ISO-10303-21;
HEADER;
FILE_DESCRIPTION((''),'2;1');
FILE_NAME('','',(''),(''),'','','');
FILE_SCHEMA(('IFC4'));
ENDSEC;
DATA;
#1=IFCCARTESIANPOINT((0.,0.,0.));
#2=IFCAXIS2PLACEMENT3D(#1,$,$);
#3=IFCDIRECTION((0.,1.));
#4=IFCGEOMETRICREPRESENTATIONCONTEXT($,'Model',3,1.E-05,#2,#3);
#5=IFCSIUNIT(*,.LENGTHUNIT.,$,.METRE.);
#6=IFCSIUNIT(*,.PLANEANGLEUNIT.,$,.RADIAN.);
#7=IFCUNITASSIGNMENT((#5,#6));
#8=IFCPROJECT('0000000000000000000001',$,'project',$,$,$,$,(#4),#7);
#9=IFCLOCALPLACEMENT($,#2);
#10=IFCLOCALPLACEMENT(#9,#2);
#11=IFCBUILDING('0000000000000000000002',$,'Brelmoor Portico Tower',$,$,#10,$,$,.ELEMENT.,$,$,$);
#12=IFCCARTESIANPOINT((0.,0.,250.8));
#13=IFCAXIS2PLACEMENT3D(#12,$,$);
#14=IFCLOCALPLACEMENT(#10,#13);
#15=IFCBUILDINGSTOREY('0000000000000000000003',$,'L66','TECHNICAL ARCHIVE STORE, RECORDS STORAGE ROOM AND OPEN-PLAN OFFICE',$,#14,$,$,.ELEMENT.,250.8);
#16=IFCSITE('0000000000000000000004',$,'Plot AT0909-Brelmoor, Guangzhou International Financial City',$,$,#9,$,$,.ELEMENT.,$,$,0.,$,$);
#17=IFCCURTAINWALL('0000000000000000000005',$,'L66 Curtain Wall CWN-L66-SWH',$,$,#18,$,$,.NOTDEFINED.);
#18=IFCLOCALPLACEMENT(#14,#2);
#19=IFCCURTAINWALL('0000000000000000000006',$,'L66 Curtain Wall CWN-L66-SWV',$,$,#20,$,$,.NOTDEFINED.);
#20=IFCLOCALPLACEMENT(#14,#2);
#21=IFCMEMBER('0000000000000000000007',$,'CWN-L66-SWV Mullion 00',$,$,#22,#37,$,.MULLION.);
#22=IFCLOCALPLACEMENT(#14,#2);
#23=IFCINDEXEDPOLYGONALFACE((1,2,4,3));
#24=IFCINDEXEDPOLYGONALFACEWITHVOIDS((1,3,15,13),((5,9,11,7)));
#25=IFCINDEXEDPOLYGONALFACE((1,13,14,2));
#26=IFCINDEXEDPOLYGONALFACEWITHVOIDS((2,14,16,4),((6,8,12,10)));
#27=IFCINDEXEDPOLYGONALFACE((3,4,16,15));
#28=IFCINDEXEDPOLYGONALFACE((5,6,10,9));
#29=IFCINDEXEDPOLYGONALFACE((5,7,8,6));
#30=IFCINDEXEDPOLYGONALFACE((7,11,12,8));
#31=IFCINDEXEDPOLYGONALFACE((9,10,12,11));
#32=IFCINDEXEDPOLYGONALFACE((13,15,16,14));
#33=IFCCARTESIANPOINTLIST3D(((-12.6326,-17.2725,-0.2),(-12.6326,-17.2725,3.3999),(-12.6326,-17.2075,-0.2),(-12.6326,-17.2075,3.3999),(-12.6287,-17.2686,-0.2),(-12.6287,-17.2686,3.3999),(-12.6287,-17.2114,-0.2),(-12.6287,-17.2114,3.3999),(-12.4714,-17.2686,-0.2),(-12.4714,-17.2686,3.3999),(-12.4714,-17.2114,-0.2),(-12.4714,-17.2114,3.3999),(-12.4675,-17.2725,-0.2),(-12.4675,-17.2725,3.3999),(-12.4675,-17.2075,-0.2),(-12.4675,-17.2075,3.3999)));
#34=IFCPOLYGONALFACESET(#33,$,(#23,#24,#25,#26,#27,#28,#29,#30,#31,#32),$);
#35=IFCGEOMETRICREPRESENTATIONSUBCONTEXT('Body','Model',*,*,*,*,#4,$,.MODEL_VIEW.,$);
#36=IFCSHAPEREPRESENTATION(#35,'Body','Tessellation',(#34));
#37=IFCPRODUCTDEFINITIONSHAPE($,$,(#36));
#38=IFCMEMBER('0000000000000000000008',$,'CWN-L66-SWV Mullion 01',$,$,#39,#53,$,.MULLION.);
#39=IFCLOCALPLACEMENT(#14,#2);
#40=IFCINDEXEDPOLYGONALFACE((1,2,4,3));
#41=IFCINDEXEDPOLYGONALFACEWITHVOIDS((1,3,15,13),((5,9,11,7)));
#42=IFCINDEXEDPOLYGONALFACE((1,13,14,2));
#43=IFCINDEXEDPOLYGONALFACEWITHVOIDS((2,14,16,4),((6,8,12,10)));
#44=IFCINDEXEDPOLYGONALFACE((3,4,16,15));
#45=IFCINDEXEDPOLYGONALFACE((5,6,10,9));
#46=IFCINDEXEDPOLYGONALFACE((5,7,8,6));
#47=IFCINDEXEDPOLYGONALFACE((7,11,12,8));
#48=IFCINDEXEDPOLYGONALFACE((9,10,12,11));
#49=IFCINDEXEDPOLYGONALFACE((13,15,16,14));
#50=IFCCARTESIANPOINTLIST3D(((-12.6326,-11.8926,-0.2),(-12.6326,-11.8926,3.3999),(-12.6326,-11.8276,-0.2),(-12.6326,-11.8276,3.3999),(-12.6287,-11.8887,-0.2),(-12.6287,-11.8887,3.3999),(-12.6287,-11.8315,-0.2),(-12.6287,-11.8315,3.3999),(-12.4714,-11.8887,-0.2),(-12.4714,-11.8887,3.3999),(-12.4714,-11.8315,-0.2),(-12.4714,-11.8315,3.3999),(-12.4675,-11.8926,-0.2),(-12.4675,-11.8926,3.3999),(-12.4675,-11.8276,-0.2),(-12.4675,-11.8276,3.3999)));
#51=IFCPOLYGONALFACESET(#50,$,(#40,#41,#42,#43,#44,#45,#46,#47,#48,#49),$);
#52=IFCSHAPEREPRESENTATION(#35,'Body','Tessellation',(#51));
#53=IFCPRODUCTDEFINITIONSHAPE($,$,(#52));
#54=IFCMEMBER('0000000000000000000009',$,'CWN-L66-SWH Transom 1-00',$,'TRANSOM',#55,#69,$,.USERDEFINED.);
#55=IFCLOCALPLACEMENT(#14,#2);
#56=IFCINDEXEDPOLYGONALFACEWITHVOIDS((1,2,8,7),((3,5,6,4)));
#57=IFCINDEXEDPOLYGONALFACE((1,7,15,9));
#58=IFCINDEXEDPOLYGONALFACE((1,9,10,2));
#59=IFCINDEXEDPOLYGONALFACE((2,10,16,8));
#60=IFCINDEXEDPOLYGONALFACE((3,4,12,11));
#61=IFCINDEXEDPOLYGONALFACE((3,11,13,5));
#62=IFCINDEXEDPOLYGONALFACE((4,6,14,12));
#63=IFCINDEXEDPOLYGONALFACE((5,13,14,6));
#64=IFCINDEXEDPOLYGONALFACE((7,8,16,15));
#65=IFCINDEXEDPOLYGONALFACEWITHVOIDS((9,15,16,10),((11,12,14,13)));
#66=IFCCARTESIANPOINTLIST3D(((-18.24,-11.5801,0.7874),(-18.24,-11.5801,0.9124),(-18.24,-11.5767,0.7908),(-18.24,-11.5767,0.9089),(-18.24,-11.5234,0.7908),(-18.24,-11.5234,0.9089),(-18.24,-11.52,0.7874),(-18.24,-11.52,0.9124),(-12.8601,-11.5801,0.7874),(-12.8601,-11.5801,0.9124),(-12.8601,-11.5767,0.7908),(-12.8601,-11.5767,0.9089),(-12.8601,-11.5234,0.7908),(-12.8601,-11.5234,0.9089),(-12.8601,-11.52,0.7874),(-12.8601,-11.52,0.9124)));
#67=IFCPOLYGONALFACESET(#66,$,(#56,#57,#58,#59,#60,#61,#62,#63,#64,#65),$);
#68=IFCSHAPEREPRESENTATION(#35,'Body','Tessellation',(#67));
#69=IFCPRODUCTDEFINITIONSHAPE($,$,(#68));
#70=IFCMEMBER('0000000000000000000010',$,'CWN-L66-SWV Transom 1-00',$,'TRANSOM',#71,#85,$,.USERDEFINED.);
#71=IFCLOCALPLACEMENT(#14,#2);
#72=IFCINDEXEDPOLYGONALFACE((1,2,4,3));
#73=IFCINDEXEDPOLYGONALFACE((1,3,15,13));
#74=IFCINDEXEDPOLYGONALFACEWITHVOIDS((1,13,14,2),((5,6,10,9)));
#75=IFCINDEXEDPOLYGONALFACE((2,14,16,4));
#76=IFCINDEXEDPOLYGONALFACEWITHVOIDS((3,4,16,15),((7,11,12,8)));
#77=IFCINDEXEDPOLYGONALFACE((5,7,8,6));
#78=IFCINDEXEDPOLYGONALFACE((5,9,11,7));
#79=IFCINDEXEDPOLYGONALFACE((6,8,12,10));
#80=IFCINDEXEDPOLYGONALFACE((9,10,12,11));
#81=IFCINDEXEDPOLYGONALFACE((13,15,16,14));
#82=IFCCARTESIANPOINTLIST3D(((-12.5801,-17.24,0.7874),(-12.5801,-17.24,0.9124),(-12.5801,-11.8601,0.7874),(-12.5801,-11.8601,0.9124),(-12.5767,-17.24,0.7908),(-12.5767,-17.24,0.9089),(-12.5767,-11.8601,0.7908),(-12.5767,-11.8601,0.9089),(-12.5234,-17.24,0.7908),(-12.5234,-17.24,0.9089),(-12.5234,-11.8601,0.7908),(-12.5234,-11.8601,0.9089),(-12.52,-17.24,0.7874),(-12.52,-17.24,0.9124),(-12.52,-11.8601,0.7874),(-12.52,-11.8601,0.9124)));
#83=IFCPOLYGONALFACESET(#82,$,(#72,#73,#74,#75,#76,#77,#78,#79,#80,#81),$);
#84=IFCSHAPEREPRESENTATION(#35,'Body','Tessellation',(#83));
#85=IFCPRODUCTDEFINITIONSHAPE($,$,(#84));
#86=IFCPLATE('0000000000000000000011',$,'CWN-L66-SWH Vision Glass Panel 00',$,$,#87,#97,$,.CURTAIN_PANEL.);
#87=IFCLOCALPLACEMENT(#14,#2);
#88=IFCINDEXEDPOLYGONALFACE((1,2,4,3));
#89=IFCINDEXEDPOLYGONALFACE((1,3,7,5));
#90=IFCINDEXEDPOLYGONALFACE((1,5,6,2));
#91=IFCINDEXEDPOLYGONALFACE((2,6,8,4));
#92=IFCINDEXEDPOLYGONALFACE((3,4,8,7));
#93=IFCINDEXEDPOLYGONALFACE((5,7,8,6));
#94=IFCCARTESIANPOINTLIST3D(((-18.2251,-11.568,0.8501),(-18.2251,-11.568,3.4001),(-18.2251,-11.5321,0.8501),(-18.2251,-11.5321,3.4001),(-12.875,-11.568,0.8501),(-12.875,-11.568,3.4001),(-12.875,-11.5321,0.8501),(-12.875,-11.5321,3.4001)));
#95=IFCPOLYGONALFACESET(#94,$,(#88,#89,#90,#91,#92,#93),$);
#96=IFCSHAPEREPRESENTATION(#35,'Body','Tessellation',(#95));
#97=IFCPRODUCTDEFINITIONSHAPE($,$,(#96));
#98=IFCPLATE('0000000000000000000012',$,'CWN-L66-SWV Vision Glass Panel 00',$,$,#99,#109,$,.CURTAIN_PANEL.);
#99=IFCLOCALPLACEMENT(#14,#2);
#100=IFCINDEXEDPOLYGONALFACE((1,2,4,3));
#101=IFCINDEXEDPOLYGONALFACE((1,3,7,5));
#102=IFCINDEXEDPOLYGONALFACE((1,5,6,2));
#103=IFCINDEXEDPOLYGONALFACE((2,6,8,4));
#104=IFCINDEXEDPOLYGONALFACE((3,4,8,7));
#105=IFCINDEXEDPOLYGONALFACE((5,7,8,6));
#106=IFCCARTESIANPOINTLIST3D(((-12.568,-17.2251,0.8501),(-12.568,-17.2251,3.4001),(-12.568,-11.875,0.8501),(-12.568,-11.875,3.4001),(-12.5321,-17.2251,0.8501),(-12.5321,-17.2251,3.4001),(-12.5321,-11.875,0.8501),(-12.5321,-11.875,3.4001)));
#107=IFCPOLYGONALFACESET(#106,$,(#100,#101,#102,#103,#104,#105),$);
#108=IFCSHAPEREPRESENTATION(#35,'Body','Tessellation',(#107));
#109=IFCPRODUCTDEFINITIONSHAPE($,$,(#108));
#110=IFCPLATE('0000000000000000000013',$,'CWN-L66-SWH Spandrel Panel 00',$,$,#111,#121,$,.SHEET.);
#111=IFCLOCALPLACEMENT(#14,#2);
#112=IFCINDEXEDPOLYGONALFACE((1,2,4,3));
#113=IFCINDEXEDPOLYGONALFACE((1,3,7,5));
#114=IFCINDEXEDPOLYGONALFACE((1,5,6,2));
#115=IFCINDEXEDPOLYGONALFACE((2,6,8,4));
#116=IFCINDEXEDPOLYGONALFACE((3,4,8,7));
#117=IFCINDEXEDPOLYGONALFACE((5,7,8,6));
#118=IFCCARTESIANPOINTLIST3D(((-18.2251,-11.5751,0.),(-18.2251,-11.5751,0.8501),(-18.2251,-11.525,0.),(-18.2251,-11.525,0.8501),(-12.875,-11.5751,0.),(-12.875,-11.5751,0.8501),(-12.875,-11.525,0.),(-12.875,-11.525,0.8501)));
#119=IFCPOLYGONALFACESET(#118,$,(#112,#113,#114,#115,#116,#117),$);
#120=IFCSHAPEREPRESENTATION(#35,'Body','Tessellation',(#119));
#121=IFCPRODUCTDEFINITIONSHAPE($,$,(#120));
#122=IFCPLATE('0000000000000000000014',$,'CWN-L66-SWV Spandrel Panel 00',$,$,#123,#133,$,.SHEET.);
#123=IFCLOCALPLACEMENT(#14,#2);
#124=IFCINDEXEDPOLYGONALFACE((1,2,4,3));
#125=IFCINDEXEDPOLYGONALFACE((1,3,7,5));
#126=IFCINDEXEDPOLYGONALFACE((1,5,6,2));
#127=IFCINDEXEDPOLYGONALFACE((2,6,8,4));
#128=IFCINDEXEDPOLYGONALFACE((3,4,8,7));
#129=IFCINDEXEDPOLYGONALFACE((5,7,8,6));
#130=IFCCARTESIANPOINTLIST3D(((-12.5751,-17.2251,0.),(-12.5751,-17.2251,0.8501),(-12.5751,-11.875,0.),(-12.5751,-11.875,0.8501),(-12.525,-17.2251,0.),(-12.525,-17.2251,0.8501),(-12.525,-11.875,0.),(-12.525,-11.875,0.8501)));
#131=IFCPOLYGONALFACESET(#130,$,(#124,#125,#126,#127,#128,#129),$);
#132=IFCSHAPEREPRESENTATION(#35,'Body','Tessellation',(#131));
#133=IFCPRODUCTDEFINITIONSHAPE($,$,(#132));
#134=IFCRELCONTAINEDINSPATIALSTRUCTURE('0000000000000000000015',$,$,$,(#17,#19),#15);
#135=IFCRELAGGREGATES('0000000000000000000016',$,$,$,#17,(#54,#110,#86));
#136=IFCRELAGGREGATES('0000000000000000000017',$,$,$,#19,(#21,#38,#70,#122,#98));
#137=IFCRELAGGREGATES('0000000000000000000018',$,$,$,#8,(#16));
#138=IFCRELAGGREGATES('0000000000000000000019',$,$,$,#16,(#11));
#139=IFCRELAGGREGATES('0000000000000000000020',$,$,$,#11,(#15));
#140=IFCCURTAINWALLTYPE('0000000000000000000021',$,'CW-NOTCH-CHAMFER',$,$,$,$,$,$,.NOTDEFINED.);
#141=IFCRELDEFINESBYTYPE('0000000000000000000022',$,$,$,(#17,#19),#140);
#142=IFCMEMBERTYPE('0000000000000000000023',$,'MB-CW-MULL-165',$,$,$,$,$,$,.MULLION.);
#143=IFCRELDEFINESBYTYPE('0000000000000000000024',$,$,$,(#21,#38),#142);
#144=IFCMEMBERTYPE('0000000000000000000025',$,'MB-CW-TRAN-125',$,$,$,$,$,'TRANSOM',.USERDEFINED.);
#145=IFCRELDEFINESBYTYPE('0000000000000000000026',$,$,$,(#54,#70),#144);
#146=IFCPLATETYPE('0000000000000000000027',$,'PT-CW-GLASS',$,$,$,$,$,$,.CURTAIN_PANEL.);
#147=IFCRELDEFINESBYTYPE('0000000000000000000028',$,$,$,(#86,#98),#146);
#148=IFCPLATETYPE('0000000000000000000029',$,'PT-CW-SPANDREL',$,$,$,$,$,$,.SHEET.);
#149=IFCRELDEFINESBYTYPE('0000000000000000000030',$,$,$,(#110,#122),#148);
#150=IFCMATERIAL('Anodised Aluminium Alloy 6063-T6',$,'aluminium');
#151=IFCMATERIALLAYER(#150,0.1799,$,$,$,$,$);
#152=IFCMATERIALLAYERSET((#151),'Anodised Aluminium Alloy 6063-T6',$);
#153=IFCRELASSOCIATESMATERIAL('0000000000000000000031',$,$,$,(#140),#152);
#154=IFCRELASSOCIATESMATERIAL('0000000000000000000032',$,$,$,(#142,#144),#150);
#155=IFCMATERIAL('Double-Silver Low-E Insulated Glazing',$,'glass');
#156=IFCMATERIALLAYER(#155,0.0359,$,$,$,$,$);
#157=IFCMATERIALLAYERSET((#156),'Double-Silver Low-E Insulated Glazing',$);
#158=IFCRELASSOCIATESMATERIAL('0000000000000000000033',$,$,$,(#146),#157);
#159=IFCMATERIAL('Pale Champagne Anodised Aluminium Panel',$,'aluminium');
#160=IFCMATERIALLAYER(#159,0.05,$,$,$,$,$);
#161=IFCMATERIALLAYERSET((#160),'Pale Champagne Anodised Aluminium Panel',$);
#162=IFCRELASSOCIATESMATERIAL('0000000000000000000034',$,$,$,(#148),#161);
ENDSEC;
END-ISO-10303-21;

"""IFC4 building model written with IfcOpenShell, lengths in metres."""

from ifc_helpers import new_model, si_unit, direction, frame, origin, origin_2d, place, context, subcontext, project, spatial, rectangle, hollow_rectangle, extrude, material, layer, layer_set, material_profile, profile_set, type_object, element, aggregate, save


model = new_model("IFC4")

# Units and contexts
model_context = context("Model", 3, precision=1e-05, world=origin(), true_north=direction((0.0, 1.0)))
body_context = subcontext(model_context, "Body", "Model", "MODEL_VIEW")
ifc_project = project(units=[si_unit("LENGTHUNIT", "METRE"), si_unit("PLANEANGLEUNIT", "RADIAN")], contexts=[model_context])

# Site, building, storey
site_placement = place(None, origin())
site = spatial("IfcSite", under=ifc_project, at=site_placement, Name="Plot AT0909-Brelmoor, Guangzhou International Financial City", CompositionType="ELEMENT", RefElevation=0.0)
building_placement = place(site_placement, origin())
building = spatial("IfcBuilding", under=site, at=building_placement, Name="Brelmoor Portico Tower", CompositionType="ELEMENT")
storey_placement = place(building_placement, frame((0.0, 0.0, 250.8)))
storey = spatial("IfcBuildingStorey", under=building, at=storey_placement, Name="L66", Description="TECHNICAL ARCHIVE STORE, RECORDS STORAGE ROOM AND OPEN-PLAN OFFICE", CompositionType="ELEMENT", Elevation=250.8)

# Curtain walls, members
ifc_material_1 = material(Name="Anodised Aluminium Alloy 6063-T6", Category="aluminium")
ifc_layer_1 = layer(ifc_material_1, 0.1799)
ifc_layer_set_1 = layer_set([ifc_layer_1], Name="Anodised Aluminium Alloy 6063-T6")
curtain_wall_type = type_object("IfcCurtainWallType", Name="CW-NOTCH-CHAMFER", PredefinedType="NOTDEFINED", material=ifc_layer_set_1)
curtain_wall_1_placement = place(storey_placement, origin())
curtain_wall_1 = element("IfcCurtainWall", 1, at=curtain_wall_1_placement, inside=storey, type_object=curtain_wall_type, Name="L66 Curtain Wall CWN-L66-SWH", PredefinedType="NOTDEFINED")
ifc_material_profile_1 = material_profile(ifc_material_1, hollow_rectangle(XDim=0.0649, YDim=0.165, WallThickness=0.0039, at=origin_2d()), Name="ALU MULLION 65x165")
ifc_profile_set_1 = profile_set([ifc_material_profile_1], Name="Anodised Aluminium Alloy 6063-T6")
member_type_1 = type_object("IfcMemberType", Name="MB-CW-MULL-165", PredefinedType="MULLION", material=ifc_profile_set_1)
curtain_wall_2_placement = place(storey_placement, origin())
curtain_wall_2 = element("IfcCurtainWall", 2, at=curtain_wall_2_placement, inside=storey, type_object=curtain_wall_type, Name="L66 Curtain Wall CWN-L66-SWV", PredefinedType="NOTDEFINED")
member_1_placement = place(storey_placement, frame((-12.55, -17.24, -0.2), z_axis=(0.0, 0.0, 1.0), x_axis=(0.0, 1.0, 0.0)))
member_1 = element("IfcMember", 3, at=member_1_placement, type_object=member_type_1, Name="CWN-L66-SWV Mullion 00", PredefinedType="MULLION", context=body_context, shape_type="SweptSolid", body=[
    extrude(hollow_rectangle(XDim=0.0649, YDim=0.165, WallThickness=0.0039, at=origin_2d()), origin(), (0.0, 0.0, 1.0), 3.5999),
])
member_2_placement = place(storey_placement, frame((-12.55, -11.8601, -0.2), z_axis=(0.0, 0.0, 1.0), x_axis=(0.0, 1.0, 0.0)))
member_2 = element("IfcMember", 4, at=member_2_placement, type_object=member_type_1, Name="CWN-L66-SWV Mullion 01", PredefinedType="MULLION", context=body_context, shape_type="SweptSolid", body=[
    extrude(hollow_rectangle(XDim=0.0649, YDim=0.165, WallThickness=0.0039, at=origin_2d()), origin(), (0.0, 0.0, 1.0), 3.5999),
])

# Members
ifc_material_profile_2 = material_profile(ifc_material_1, hollow_rectangle(XDim=0.0601, YDim=0.125, WallThickness=0.0034, at=origin_2d()), Name="ALU TRANSOM 60x125")
ifc_profile_set_2 = profile_set([ifc_material_profile_2], Name="Anodised Aluminium Alloy 6063-T6")
member_type_2 = type_object("IfcMemberType", Name="MB-CW-TRAN-125", ElementType="TRANSOM", PredefinedType="USERDEFINED", material=ifc_profile_set_2)
member_3_placement = place(storey_placement, frame((-18.24, -11.55, 0.8499), z_axis=(1.0, 0.0, 0.0), x_axis=(0.0, 1.0, 0.0)))
member_3 = element("IfcMember", 5, at=member_3_placement, type_object=member_type_2, Name="CWN-L66-SWH Transom 1-00", ObjectType="TRANSOM", PredefinedType="USERDEFINED", context=body_context, shape_type="SweptSolid", body=[
    extrude(hollow_rectangle(XDim=0.0601, YDim=0.125, WallThickness=0.0034, at=origin_2d()), origin(), (0.0, 0.0, 1.0), 5.3799),
])
member_4_placement = place(storey_placement, frame((-12.55, -17.24, 0.8499), z_axis=(0.0, 1.0, 0.0), x_axis=(-1.0, 0.0, 0.0)))
member_4 = element("IfcMember", 6, at=member_4_placement, type_object=member_type_2, Name="CWN-L66-SWV Transom 1-00", ObjectType="TRANSOM", PredefinedType="USERDEFINED", context=body_context, shape_type="SweptSolid", body=[
    extrude(hollow_rectangle(XDim=0.0601, YDim=0.125, WallThickness=0.0034, at=origin_2d()), origin(), (0.0, 0.0, 1.0), 5.3799),
])

# Plates
ifc_material_2 = material(Name="Double-Silver Low-E Insulated Glazing", Category="glass")
ifc_layer_2 = layer(ifc_material_2, 0.0359)
ifc_layer_set_2 = layer_set([ifc_layer_2], Name="Double-Silver Low-E Insulated Glazing")
plate_type_1 = type_object("IfcPlateType", Name="PT-CW-GLASS", PredefinedType="CURTAIN_PANEL", material=ifc_layer_set_2)
plate_1_placement = place(storey_placement, frame((-15.55, -11.55, 0.8501), z_axis=(0.0, 0.0, 1.0), x_axis=(1.0, 0.0, 0.0)))
plate_1 = element("IfcPlate", 7, at=plate_1_placement, type_object=plate_type_1, Name="CWN-L66-SWH Vision Glass Panel 00", PredefinedType="CURTAIN_PANEL", context=body_context, shape_type="SweptSolid", body=[
    extrude(rectangle(XDim=5.3501, YDim=0.0359, at=origin_2d()), origin(), (0.0, 0.0, 1.0), 2.55),
])
plate_2_placement = place(storey_placement, frame((-12.55, -14.55, 0.8501), z_axis=(0.0, 0.0, 1.0), x_axis=(0.0, 1.0, 0.0)))
plate_2 = element("IfcPlate", 8, at=plate_2_placement, type_object=plate_type_1, Name="CWN-L66-SWV Vision Glass Panel 00", PredefinedType="CURTAIN_PANEL", context=body_context, shape_type="SweptSolid", body=[
    extrude(rectangle(XDim=5.3501, YDim=0.0359, at=origin_2d()), origin(), (0.0, 0.0, 1.0), 2.55),
])
ifc_material_3 = material(Name="Pale Champagne Anodised Aluminium Panel", Category="aluminium")
ifc_layer_3 = layer(ifc_material_3, 0.05)
ifc_layer_set_3 = layer_set([ifc_layer_3], Name="Pale Champagne Anodised Aluminium Panel")
plate_type_2 = type_object("IfcPlateType", Name="PT-CW-SPANDREL", PredefinedType="SHEET", material=ifc_layer_set_3)
plate_3_placement = place(storey_placement, frame((-15.55, -11.55, 0.0), z_axis=(0.0, 0.0, 1.0), x_axis=(1.0, 0.0, 0.0)))
plate_3 = element("IfcPlate", 9, at=plate_3_placement, type_object=plate_type_2, Name="CWN-L66-SWH Spandrel Panel 00", PredefinedType="SHEET", context=body_context, shape_type="SweptSolid", body=[
    extrude(rectangle(XDim=5.3501, YDim=0.05, at=origin_2d()), origin(), (0.0, 0.0, 1.0), 0.8501),
])
aggregate(curtain_wall_1, [member_3, plate_3, plate_1])
plate_4_placement = place(storey_placement, frame((-12.55, -14.55, 0.0), z_axis=(0.0, 0.0, 1.0), x_axis=(0.0, 1.0, 0.0)))
plate_4 = element("IfcPlate", 10, at=plate_4_placement, type_object=plate_type_2, Name="CWN-L66-SWV Spandrel Panel 00", PredefinedType="SHEET", context=body_context, shape_type="SweptSolid", body=[
    extrude(rectangle(XDim=5.3501, YDim=0.05, at=origin_2d()), origin(), (0.0, 0.0, 1.0), 0.8501),
])
aggregate(curtain_wall_2, [member_1, member_2, member_4, plate_4, plate_2])

save(model, "model.ifc")
